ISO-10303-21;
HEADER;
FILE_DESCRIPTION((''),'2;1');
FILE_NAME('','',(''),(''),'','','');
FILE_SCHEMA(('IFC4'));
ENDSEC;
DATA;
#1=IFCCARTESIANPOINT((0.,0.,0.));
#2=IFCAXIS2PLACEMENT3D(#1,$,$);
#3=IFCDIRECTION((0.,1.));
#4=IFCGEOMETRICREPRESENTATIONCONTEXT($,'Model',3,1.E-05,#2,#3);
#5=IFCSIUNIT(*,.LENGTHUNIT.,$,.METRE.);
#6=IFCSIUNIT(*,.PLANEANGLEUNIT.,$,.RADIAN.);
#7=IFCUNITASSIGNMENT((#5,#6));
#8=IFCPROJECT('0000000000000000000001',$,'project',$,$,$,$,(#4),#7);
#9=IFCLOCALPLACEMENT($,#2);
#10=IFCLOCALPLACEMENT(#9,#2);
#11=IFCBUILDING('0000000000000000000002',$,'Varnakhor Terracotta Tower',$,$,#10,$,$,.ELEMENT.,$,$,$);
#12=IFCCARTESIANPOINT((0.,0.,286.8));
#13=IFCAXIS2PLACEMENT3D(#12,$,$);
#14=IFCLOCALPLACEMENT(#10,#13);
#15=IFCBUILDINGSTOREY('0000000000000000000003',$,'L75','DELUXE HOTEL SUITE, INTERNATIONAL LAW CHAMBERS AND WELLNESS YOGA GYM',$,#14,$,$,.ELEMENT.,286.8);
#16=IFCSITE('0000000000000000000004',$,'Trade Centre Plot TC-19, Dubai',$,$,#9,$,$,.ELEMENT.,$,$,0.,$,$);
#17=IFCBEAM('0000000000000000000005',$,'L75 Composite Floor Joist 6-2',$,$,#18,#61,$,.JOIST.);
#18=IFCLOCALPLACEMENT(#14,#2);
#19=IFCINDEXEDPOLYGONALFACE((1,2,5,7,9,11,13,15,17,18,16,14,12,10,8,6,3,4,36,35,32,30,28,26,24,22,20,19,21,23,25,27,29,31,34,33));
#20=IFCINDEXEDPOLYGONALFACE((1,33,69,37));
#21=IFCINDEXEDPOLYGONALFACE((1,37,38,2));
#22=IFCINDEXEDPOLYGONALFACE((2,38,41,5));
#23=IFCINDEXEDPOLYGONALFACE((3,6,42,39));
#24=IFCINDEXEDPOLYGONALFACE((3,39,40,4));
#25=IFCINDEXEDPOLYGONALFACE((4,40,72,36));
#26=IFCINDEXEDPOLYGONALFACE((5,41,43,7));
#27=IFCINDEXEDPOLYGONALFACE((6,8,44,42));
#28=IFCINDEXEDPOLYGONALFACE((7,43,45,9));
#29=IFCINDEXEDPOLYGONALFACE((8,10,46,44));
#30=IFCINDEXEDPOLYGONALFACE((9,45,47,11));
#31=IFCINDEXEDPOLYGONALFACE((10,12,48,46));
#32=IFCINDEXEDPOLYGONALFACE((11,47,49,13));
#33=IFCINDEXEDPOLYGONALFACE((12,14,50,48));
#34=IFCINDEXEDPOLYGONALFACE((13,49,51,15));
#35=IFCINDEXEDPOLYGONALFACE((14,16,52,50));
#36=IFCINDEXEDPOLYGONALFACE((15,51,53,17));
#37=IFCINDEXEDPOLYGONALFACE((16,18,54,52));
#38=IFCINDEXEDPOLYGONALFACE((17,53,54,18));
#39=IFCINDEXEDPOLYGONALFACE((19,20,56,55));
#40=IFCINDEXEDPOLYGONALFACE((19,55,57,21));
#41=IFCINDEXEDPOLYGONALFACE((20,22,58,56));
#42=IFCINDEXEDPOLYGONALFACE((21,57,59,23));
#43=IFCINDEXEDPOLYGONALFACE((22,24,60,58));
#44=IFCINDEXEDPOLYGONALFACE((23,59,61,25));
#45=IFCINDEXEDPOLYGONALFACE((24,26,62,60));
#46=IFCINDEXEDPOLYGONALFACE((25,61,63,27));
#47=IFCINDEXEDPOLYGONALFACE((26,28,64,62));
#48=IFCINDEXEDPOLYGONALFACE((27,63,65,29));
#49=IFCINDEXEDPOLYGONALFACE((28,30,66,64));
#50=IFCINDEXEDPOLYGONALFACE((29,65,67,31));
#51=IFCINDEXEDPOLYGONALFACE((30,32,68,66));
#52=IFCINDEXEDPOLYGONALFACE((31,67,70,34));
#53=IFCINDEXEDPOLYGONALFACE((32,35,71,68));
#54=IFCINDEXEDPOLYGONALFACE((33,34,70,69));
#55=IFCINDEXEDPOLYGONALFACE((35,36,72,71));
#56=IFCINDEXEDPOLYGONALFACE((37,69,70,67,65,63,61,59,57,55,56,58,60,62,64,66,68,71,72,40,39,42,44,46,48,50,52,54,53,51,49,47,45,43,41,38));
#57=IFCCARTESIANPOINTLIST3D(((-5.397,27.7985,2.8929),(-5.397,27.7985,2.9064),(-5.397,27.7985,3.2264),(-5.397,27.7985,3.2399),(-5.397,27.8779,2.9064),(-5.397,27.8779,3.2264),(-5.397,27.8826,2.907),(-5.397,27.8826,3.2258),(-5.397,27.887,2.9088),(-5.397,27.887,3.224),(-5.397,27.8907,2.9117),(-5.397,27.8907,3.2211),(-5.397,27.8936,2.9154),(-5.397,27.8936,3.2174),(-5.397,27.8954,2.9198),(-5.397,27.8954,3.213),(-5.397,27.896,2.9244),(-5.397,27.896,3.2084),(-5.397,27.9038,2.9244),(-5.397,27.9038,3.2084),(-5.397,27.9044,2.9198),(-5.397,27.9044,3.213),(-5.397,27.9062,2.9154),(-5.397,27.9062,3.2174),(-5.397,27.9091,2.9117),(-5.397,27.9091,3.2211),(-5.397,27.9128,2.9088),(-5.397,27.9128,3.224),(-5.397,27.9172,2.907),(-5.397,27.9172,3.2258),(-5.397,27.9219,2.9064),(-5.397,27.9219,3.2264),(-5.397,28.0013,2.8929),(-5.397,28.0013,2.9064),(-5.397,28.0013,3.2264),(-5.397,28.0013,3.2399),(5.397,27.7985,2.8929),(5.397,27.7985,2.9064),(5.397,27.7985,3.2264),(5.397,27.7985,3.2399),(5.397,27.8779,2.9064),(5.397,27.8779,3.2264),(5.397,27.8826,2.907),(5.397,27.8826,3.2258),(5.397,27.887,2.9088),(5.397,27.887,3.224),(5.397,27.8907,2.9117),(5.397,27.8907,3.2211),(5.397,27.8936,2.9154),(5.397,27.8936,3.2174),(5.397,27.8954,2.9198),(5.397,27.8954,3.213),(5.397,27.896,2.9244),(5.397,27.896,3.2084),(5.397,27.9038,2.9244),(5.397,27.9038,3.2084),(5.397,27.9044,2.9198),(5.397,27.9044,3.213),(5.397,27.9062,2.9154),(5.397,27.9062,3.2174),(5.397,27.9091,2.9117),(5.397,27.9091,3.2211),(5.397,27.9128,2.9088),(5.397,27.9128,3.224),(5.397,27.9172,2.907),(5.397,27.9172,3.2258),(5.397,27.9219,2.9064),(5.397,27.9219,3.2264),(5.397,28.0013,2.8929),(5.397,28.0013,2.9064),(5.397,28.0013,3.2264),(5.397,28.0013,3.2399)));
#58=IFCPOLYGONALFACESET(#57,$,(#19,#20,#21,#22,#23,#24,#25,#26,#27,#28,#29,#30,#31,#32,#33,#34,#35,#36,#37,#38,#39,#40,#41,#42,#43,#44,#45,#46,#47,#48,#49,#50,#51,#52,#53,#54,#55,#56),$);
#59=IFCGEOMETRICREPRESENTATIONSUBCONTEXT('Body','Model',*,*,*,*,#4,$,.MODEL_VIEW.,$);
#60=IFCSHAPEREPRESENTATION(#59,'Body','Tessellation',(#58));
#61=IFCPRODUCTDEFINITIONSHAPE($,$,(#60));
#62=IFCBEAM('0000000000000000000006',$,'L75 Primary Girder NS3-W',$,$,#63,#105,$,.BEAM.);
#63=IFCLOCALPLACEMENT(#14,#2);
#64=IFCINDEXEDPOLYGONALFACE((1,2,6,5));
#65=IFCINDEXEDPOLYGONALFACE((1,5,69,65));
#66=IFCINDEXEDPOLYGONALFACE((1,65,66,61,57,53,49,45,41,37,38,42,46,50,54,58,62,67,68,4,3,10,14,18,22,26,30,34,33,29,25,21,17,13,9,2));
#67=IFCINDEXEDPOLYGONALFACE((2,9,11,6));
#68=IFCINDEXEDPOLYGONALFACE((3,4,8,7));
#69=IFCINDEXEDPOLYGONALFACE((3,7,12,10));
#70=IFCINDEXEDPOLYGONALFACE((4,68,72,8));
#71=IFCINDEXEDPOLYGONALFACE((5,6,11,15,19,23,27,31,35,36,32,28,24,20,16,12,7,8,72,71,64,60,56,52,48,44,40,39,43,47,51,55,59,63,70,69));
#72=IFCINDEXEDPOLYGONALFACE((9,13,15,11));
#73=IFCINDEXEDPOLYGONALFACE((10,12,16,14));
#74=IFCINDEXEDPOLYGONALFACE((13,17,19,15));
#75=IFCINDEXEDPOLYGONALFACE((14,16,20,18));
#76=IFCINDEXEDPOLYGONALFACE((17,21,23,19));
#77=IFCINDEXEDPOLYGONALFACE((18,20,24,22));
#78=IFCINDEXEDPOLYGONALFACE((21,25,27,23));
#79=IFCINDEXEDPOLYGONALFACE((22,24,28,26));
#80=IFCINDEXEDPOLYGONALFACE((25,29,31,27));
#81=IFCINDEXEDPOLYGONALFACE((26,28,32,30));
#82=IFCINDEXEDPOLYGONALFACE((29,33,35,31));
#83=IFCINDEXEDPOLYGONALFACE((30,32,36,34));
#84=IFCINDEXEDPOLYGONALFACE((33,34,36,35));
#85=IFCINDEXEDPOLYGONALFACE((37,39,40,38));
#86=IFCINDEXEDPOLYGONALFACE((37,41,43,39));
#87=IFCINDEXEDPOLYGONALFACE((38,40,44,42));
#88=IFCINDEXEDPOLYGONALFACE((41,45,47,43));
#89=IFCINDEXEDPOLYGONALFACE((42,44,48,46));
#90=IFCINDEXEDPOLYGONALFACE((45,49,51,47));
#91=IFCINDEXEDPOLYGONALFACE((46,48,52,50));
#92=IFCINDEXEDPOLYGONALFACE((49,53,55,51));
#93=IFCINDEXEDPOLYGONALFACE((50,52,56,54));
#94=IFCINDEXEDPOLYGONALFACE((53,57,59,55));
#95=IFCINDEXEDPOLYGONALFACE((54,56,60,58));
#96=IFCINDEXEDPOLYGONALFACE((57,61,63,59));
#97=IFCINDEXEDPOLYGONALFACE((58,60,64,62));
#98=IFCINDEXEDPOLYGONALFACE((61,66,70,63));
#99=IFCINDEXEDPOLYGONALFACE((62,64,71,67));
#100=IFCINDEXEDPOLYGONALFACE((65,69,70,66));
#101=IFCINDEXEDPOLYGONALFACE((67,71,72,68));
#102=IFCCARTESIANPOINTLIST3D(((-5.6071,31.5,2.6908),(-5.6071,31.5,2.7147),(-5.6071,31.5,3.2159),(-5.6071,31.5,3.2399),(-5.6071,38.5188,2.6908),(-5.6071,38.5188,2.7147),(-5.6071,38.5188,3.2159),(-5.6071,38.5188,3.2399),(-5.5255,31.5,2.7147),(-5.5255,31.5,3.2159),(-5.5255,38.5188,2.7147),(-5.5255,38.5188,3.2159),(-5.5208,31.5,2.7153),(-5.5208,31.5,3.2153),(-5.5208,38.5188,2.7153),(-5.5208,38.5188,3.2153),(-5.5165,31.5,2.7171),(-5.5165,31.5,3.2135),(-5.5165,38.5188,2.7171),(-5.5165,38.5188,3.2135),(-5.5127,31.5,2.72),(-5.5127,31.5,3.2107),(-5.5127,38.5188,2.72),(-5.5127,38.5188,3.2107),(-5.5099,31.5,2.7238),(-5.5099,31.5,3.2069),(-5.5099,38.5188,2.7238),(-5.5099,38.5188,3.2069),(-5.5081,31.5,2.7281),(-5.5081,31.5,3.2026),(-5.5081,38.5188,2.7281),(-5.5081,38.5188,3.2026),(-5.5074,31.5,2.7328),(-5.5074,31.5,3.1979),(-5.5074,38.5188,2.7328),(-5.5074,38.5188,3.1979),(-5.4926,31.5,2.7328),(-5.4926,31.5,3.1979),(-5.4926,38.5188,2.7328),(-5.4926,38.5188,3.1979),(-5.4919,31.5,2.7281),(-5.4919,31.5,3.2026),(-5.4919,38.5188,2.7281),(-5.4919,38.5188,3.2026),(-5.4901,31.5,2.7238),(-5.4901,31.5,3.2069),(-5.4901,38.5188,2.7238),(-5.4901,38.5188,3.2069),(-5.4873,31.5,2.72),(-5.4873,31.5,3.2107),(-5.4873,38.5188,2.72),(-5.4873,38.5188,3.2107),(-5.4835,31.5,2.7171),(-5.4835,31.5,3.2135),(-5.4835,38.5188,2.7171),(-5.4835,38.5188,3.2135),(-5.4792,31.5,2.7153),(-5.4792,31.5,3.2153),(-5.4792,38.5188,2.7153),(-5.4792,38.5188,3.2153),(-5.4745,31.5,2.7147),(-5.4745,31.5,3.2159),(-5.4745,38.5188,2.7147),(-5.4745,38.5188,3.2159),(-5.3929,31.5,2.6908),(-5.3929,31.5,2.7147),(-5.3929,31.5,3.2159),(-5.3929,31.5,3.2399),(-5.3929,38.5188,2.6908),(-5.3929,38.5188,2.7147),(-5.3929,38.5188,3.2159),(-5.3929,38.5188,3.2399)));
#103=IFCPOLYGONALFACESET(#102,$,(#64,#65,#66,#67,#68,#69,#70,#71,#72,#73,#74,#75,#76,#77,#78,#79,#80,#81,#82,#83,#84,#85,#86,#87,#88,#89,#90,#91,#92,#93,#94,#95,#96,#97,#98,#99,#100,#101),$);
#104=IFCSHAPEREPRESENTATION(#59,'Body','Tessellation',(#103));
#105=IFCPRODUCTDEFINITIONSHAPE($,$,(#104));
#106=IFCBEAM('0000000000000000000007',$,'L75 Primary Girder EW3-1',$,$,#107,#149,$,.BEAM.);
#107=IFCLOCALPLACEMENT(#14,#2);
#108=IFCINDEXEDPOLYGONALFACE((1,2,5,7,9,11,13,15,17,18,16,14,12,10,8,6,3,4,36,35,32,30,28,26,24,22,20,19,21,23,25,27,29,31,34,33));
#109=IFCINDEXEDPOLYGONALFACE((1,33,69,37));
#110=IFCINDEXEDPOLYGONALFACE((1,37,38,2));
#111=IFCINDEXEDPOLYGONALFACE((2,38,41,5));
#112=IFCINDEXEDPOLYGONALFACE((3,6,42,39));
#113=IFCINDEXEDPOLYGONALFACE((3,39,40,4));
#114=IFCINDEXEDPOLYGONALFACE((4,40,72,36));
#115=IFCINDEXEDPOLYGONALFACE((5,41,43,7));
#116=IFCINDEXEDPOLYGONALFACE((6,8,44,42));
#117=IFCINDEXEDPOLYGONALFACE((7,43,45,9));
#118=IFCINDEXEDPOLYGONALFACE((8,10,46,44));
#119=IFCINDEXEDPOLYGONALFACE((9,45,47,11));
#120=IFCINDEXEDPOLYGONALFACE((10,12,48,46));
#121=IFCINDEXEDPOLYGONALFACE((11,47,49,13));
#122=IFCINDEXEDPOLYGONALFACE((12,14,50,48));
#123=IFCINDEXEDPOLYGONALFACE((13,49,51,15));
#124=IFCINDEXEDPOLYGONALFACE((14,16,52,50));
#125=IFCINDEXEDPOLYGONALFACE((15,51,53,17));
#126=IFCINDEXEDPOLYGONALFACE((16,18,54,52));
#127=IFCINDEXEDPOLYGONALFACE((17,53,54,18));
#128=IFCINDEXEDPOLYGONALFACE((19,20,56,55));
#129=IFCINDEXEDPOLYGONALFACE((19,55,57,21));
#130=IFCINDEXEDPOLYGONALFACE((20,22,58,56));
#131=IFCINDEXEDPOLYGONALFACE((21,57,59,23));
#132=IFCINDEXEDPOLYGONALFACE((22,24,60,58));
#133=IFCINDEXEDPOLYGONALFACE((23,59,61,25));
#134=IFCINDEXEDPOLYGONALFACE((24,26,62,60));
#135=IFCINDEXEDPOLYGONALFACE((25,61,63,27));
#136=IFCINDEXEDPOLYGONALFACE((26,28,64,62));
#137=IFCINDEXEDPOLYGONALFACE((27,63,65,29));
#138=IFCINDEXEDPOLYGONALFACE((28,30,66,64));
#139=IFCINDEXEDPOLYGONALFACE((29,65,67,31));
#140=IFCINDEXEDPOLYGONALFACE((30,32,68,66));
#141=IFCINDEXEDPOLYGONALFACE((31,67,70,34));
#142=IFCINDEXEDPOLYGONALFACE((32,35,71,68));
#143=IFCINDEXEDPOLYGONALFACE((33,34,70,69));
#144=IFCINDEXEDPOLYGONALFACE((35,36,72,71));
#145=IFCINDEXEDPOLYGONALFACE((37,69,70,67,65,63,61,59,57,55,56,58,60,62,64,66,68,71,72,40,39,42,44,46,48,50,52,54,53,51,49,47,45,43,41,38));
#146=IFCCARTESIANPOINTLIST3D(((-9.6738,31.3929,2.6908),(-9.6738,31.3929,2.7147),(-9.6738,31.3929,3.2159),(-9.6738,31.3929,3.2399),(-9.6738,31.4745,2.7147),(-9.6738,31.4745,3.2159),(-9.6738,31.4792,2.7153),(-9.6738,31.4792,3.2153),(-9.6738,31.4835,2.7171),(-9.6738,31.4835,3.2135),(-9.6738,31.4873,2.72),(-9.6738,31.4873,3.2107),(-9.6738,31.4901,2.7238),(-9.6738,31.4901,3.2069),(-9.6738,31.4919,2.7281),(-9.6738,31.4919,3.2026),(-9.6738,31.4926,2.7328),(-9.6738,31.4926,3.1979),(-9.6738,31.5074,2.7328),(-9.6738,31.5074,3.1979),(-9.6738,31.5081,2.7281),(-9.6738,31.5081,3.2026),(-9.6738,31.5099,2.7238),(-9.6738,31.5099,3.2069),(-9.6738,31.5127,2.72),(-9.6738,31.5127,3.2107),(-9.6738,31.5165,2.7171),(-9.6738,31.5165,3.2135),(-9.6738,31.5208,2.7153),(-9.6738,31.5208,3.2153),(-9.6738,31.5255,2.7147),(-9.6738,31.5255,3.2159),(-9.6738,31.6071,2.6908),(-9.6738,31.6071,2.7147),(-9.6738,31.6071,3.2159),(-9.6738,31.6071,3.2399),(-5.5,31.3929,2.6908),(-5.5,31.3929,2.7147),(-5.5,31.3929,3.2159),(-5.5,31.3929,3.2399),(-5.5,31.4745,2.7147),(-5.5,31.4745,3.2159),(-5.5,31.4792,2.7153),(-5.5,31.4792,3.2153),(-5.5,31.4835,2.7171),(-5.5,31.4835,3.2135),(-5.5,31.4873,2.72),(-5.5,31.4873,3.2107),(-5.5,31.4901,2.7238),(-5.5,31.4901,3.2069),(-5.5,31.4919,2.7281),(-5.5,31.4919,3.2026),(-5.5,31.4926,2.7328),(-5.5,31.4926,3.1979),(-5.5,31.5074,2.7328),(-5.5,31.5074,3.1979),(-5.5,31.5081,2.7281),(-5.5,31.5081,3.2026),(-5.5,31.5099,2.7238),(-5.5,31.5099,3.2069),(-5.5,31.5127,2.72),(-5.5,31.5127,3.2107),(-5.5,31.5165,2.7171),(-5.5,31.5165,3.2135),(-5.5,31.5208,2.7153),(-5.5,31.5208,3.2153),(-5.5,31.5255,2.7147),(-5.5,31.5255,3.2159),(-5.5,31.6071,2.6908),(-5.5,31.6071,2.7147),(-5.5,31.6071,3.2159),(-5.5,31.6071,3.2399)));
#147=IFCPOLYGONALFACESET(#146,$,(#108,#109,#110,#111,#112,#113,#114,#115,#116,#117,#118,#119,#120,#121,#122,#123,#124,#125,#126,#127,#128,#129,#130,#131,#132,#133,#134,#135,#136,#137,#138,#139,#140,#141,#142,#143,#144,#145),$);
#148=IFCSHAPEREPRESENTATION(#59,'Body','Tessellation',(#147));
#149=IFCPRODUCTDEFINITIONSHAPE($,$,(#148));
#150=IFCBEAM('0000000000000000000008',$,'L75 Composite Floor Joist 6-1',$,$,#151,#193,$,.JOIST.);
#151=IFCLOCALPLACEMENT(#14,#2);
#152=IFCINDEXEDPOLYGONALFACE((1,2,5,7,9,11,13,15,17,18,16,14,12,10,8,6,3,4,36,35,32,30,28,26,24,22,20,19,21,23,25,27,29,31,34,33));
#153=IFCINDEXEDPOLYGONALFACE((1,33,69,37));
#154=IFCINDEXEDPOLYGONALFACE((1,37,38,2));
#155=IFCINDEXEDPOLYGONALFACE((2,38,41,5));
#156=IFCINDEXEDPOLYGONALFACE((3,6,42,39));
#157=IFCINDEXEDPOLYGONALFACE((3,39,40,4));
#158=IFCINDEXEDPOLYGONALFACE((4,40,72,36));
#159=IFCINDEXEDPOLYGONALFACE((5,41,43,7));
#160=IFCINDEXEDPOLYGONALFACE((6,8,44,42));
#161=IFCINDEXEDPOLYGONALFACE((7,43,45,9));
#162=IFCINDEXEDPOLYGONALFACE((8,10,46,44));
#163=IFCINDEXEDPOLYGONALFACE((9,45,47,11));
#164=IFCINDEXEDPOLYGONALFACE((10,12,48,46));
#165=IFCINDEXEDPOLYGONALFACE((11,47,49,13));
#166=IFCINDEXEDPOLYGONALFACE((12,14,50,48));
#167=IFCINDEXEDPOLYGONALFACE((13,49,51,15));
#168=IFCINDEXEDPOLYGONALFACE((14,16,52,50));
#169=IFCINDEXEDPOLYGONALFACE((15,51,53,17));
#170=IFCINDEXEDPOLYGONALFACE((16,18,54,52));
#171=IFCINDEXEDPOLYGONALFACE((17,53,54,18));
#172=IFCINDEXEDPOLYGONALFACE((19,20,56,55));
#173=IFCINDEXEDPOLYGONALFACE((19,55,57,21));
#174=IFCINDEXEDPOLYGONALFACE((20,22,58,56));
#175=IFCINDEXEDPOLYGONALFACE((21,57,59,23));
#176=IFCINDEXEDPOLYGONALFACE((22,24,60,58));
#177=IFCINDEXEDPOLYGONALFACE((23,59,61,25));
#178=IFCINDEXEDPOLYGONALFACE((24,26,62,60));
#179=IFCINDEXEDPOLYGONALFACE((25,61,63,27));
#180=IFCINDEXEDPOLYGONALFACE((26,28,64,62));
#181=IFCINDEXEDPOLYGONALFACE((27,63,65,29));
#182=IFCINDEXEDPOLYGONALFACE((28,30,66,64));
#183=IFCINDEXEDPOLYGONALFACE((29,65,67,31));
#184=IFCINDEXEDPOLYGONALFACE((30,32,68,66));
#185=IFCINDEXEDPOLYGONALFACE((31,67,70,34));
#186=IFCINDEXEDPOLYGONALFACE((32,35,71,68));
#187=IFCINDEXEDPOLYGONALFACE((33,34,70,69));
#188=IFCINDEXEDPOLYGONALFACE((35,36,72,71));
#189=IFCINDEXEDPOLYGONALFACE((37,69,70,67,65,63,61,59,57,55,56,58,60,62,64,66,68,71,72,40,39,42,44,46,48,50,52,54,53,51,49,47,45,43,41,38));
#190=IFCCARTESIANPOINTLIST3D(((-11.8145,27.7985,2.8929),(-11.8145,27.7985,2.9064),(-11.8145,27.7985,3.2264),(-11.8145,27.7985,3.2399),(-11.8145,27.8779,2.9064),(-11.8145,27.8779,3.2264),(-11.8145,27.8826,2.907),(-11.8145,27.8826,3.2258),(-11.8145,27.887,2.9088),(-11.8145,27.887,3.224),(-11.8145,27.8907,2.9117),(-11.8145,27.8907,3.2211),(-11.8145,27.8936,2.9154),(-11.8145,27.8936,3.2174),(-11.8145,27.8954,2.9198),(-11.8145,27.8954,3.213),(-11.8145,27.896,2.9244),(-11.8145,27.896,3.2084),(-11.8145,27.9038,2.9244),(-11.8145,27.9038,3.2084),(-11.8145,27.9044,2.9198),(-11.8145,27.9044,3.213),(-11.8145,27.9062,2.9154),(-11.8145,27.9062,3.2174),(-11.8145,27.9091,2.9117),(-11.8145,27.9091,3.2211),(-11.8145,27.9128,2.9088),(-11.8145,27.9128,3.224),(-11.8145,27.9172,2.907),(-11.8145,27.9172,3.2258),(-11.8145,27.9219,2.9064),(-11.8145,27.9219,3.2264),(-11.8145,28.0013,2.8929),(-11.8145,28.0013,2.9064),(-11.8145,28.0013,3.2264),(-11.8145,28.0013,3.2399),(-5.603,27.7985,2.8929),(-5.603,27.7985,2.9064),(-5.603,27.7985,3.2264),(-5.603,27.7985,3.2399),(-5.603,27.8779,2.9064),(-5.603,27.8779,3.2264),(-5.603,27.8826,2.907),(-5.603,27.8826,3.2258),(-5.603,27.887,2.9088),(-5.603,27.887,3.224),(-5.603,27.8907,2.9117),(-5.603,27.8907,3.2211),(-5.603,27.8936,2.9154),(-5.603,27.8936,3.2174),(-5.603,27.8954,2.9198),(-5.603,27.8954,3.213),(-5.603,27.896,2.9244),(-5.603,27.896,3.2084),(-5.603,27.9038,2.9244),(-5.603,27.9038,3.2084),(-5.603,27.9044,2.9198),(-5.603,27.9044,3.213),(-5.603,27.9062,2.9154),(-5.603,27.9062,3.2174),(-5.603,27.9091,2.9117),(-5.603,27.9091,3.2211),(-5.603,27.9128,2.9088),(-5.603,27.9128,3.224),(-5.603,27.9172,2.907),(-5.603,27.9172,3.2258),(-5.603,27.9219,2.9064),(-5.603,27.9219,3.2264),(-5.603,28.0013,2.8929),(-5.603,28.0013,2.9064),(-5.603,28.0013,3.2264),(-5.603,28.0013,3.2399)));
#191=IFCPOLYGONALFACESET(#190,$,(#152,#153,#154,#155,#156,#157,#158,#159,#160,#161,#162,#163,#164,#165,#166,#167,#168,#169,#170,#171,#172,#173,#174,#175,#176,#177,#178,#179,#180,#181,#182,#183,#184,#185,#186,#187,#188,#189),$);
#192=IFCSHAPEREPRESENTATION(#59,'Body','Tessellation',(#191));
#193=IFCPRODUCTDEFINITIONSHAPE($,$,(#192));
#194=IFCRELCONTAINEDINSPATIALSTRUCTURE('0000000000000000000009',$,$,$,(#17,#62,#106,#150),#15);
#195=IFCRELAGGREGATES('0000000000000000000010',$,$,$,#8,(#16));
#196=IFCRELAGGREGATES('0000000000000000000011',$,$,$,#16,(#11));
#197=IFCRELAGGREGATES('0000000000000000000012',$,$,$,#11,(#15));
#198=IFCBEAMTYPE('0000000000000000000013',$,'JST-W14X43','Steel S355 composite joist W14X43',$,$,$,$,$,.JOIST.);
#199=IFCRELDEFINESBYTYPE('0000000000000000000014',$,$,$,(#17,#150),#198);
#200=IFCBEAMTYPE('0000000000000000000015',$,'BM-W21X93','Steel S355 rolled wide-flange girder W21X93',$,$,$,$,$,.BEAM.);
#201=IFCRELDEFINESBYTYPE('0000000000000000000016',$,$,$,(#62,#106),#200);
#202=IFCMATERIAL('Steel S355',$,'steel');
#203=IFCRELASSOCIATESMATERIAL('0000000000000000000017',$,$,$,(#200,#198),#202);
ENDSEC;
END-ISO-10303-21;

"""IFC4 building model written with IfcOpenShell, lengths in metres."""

from ifc_helpers import new_model, si_unit, direction, frame, origin, origin_2d, place, context, subcontext, project, spatial, i_section, extrude, source, transform, mapped, material, material_profile, profile_set, type_object, element, save


model = new_model("IFC4")

# Units and contexts
model_context = context("Model", 3, precision=1e-05, world=origin(), true_north=direction((0.0, 1.0)))
body_context = subcontext(model_context, "Body", "Model", "MODEL_VIEW")
ifc_project = project(units=[si_unit("LENGTHUNIT", "METRE"), si_unit("PLANEANGLEUNIT", "RADIAN")], contexts=[model_context])

# Site, building, storey
site_placement = place(None, origin())
site = spatial("IfcSite", under=ifc_project, at=site_placement, Name="Trade Centre Plot TC-19, Dubai", CompositionType="ELEMENT", RefElevation=0.0)
building_placement = place(site_placement, origin())
building = spatial("IfcBuilding", under=site, at=building_placement, Name="Varnakhor Terracotta Tower", CompositionType="ELEMENT")
storey_placement = place(building_placement, frame((0.0, 0.0, 286.8)))
storey = spatial("IfcBuildingStorey", under=building, at=storey_placement, Name="L75", Description="DELUXE HOTEL SUITE, INTERNATIONAL LAW CHAMBERS AND WELLNESS YOGA GYM", CompositionType="ELEMENT", Elevation=286.8)

# Beams
ifc_material_1 = material(Name="Steel S355", Category="steel")
ifc_material_profile_1 = material_profile(ifc_material_1, i_section(OverallWidth=0.2141, OverallDepth=0.5491, WebThickness=0.0149, FlangeThickness=0.0239, FilletRadius=0.0181, at=origin_2d()), Name="W21X93")
ifc_profile_set_1 = profile_set([ifc_material_profile_1], Name="Steel S355")
beam_type_1 = type_object("IfcBeamType", Name="BM-W21X93", Description="Steel S355 rolled wide-flange girder W21X93", PredefinedType="BEAM", material=ifc_profile_set_1)
ifc_material_profile_2 = material_profile(ifc_material_1, i_section(OverallWidth=0.2029, OverallDepth=0.3469, WebThickness=0.0078, FlangeThickness=0.0134, FilletRadius=0.0181, at=origin_2d()), Name="W14X43")
ifc_profile_set_2 = profile_set([ifc_material_profile_2], Name="Steel S355")
beam_type_2 = type_object("IfcBeamType", Name="JST-W14X43", Description="Steel S355 composite joist W14X43", PredefinedType="JOIST", material=ifc_profile_set_2)
shared_shape_1 = source(origin(), body_context, "Body", "SweptSolid", [
    extrude(i_section(OverallWidth=0.2029, OverallDepth=0.3469, WebThickness=0.0078, FlangeThickness=0.0134, FilletRadius=0.0181, at=origin_2d()), origin(), (0.0, 0.0, 1.0), 10.7939),
])
beam_1_placement = place(storey_placement, frame((-5.397, 27.8999, 3.0664), z_axis=(1.0, 0.0, 0.0), x_axis=(0.0, 1.0, 0.0)))
element("IfcBeam", 1, at=beam_1_placement, inside=storey, type_object=beam_type_2, Name="L75 Composite Floor Joist 6-2", PredefinedType="JOIST", context=body_context, shape_type="MappedRepresentation", body=[
    mapped(shared_shape_1, transform((0.0, 0.0, 0.0), scale=1.0)),
])
shared_shape_2 = source(origin(), body_context, "Body", "SweptSolid", [
    extrude(i_section(OverallWidth=0.2141, OverallDepth=0.5491, WebThickness=0.0149, FlangeThickness=0.0239, FilletRadius=0.0181, at=origin_2d()), origin(), (0.0, 0.0, 1.0), 7.0188),
])
beam_2_placement = place(storey_placement, frame((-5.5, 31.5, 2.9653), z_axis=(0.0, 1.0, 0.0), x_axis=(-1.0, 0.0, 0.0)))
element("IfcBeam", 2, at=beam_2_placement, inside=storey, type_object=beam_type_1, Name="L75 Primary Girder NS3-W", PredefinedType="BEAM", context=body_context, shape_type="MappedRepresentation", body=[
    mapped(shared_shape_2, transform((0.0, 0.0, 0.0), scale=1.0)),
])
shared_shape_3 = source(origin(), body_context, "Body", "SweptSolid", [
    extrude(i_section(OverallWidth=0.2141, OverallDepth=0.5491, WebThickness=0.0149, FlangeThickness=0.0239, FilletRadius=0.0181, at=origin_2d()), origin(), (0.0, 0.0, 1.0), 4.1738),
])
beam_3_placement = place(storey_placement, frame((-9.6738, 31.5, 2.9653), z_axis=(1.0, 0.0, 0.0), x_axis=(0.0, 1.0, 0.0)))
element("IfcBeam", 3, at=beam_3_placement, inside=storey, type_object=beam_type_1, Name="L75 Primary Girder EW3-1", PredefinedType="BEAM", context=body_context, shape_type="MappedRepresentation", body=[
    mapped(shared_shape_3, transform((0.0, 0.0, 0.0), scale=1.0)),
])
shared_shape_4 = source(origin(), body_context, "Body", "SweptSolid", [
    extrude(i_section(OverallWidth=0.2029, OverallDepth=0.3469, WebThickness=0.0078, FlangeThickness=0.0134, FilletRadius=0.0181, at=origin_2d()), origin(), (0.0, 0.0, 1.0), 6.2114),
])
beam_4_placement = place(storey_placement, frame((-11.8145, 27.8999, 3.0664), z_axis=(1.0, 0.0, 0.0), x_axis=(0.0, 1.0, 0.0)))
element("IfcBeam", 4, at=beam_4_placement, inside=storey, type_object=beam_type_2, Name="L75 Composite Floor Joist 6-1", PredefinedType="JOIST", context=body_context, shape_type="MappedRepresentation", body=[
    mapped(shared_shape_4, transform((0.0, 0.0, 0.0), scale=1.0)),
])

save(model, "model.ifc")
